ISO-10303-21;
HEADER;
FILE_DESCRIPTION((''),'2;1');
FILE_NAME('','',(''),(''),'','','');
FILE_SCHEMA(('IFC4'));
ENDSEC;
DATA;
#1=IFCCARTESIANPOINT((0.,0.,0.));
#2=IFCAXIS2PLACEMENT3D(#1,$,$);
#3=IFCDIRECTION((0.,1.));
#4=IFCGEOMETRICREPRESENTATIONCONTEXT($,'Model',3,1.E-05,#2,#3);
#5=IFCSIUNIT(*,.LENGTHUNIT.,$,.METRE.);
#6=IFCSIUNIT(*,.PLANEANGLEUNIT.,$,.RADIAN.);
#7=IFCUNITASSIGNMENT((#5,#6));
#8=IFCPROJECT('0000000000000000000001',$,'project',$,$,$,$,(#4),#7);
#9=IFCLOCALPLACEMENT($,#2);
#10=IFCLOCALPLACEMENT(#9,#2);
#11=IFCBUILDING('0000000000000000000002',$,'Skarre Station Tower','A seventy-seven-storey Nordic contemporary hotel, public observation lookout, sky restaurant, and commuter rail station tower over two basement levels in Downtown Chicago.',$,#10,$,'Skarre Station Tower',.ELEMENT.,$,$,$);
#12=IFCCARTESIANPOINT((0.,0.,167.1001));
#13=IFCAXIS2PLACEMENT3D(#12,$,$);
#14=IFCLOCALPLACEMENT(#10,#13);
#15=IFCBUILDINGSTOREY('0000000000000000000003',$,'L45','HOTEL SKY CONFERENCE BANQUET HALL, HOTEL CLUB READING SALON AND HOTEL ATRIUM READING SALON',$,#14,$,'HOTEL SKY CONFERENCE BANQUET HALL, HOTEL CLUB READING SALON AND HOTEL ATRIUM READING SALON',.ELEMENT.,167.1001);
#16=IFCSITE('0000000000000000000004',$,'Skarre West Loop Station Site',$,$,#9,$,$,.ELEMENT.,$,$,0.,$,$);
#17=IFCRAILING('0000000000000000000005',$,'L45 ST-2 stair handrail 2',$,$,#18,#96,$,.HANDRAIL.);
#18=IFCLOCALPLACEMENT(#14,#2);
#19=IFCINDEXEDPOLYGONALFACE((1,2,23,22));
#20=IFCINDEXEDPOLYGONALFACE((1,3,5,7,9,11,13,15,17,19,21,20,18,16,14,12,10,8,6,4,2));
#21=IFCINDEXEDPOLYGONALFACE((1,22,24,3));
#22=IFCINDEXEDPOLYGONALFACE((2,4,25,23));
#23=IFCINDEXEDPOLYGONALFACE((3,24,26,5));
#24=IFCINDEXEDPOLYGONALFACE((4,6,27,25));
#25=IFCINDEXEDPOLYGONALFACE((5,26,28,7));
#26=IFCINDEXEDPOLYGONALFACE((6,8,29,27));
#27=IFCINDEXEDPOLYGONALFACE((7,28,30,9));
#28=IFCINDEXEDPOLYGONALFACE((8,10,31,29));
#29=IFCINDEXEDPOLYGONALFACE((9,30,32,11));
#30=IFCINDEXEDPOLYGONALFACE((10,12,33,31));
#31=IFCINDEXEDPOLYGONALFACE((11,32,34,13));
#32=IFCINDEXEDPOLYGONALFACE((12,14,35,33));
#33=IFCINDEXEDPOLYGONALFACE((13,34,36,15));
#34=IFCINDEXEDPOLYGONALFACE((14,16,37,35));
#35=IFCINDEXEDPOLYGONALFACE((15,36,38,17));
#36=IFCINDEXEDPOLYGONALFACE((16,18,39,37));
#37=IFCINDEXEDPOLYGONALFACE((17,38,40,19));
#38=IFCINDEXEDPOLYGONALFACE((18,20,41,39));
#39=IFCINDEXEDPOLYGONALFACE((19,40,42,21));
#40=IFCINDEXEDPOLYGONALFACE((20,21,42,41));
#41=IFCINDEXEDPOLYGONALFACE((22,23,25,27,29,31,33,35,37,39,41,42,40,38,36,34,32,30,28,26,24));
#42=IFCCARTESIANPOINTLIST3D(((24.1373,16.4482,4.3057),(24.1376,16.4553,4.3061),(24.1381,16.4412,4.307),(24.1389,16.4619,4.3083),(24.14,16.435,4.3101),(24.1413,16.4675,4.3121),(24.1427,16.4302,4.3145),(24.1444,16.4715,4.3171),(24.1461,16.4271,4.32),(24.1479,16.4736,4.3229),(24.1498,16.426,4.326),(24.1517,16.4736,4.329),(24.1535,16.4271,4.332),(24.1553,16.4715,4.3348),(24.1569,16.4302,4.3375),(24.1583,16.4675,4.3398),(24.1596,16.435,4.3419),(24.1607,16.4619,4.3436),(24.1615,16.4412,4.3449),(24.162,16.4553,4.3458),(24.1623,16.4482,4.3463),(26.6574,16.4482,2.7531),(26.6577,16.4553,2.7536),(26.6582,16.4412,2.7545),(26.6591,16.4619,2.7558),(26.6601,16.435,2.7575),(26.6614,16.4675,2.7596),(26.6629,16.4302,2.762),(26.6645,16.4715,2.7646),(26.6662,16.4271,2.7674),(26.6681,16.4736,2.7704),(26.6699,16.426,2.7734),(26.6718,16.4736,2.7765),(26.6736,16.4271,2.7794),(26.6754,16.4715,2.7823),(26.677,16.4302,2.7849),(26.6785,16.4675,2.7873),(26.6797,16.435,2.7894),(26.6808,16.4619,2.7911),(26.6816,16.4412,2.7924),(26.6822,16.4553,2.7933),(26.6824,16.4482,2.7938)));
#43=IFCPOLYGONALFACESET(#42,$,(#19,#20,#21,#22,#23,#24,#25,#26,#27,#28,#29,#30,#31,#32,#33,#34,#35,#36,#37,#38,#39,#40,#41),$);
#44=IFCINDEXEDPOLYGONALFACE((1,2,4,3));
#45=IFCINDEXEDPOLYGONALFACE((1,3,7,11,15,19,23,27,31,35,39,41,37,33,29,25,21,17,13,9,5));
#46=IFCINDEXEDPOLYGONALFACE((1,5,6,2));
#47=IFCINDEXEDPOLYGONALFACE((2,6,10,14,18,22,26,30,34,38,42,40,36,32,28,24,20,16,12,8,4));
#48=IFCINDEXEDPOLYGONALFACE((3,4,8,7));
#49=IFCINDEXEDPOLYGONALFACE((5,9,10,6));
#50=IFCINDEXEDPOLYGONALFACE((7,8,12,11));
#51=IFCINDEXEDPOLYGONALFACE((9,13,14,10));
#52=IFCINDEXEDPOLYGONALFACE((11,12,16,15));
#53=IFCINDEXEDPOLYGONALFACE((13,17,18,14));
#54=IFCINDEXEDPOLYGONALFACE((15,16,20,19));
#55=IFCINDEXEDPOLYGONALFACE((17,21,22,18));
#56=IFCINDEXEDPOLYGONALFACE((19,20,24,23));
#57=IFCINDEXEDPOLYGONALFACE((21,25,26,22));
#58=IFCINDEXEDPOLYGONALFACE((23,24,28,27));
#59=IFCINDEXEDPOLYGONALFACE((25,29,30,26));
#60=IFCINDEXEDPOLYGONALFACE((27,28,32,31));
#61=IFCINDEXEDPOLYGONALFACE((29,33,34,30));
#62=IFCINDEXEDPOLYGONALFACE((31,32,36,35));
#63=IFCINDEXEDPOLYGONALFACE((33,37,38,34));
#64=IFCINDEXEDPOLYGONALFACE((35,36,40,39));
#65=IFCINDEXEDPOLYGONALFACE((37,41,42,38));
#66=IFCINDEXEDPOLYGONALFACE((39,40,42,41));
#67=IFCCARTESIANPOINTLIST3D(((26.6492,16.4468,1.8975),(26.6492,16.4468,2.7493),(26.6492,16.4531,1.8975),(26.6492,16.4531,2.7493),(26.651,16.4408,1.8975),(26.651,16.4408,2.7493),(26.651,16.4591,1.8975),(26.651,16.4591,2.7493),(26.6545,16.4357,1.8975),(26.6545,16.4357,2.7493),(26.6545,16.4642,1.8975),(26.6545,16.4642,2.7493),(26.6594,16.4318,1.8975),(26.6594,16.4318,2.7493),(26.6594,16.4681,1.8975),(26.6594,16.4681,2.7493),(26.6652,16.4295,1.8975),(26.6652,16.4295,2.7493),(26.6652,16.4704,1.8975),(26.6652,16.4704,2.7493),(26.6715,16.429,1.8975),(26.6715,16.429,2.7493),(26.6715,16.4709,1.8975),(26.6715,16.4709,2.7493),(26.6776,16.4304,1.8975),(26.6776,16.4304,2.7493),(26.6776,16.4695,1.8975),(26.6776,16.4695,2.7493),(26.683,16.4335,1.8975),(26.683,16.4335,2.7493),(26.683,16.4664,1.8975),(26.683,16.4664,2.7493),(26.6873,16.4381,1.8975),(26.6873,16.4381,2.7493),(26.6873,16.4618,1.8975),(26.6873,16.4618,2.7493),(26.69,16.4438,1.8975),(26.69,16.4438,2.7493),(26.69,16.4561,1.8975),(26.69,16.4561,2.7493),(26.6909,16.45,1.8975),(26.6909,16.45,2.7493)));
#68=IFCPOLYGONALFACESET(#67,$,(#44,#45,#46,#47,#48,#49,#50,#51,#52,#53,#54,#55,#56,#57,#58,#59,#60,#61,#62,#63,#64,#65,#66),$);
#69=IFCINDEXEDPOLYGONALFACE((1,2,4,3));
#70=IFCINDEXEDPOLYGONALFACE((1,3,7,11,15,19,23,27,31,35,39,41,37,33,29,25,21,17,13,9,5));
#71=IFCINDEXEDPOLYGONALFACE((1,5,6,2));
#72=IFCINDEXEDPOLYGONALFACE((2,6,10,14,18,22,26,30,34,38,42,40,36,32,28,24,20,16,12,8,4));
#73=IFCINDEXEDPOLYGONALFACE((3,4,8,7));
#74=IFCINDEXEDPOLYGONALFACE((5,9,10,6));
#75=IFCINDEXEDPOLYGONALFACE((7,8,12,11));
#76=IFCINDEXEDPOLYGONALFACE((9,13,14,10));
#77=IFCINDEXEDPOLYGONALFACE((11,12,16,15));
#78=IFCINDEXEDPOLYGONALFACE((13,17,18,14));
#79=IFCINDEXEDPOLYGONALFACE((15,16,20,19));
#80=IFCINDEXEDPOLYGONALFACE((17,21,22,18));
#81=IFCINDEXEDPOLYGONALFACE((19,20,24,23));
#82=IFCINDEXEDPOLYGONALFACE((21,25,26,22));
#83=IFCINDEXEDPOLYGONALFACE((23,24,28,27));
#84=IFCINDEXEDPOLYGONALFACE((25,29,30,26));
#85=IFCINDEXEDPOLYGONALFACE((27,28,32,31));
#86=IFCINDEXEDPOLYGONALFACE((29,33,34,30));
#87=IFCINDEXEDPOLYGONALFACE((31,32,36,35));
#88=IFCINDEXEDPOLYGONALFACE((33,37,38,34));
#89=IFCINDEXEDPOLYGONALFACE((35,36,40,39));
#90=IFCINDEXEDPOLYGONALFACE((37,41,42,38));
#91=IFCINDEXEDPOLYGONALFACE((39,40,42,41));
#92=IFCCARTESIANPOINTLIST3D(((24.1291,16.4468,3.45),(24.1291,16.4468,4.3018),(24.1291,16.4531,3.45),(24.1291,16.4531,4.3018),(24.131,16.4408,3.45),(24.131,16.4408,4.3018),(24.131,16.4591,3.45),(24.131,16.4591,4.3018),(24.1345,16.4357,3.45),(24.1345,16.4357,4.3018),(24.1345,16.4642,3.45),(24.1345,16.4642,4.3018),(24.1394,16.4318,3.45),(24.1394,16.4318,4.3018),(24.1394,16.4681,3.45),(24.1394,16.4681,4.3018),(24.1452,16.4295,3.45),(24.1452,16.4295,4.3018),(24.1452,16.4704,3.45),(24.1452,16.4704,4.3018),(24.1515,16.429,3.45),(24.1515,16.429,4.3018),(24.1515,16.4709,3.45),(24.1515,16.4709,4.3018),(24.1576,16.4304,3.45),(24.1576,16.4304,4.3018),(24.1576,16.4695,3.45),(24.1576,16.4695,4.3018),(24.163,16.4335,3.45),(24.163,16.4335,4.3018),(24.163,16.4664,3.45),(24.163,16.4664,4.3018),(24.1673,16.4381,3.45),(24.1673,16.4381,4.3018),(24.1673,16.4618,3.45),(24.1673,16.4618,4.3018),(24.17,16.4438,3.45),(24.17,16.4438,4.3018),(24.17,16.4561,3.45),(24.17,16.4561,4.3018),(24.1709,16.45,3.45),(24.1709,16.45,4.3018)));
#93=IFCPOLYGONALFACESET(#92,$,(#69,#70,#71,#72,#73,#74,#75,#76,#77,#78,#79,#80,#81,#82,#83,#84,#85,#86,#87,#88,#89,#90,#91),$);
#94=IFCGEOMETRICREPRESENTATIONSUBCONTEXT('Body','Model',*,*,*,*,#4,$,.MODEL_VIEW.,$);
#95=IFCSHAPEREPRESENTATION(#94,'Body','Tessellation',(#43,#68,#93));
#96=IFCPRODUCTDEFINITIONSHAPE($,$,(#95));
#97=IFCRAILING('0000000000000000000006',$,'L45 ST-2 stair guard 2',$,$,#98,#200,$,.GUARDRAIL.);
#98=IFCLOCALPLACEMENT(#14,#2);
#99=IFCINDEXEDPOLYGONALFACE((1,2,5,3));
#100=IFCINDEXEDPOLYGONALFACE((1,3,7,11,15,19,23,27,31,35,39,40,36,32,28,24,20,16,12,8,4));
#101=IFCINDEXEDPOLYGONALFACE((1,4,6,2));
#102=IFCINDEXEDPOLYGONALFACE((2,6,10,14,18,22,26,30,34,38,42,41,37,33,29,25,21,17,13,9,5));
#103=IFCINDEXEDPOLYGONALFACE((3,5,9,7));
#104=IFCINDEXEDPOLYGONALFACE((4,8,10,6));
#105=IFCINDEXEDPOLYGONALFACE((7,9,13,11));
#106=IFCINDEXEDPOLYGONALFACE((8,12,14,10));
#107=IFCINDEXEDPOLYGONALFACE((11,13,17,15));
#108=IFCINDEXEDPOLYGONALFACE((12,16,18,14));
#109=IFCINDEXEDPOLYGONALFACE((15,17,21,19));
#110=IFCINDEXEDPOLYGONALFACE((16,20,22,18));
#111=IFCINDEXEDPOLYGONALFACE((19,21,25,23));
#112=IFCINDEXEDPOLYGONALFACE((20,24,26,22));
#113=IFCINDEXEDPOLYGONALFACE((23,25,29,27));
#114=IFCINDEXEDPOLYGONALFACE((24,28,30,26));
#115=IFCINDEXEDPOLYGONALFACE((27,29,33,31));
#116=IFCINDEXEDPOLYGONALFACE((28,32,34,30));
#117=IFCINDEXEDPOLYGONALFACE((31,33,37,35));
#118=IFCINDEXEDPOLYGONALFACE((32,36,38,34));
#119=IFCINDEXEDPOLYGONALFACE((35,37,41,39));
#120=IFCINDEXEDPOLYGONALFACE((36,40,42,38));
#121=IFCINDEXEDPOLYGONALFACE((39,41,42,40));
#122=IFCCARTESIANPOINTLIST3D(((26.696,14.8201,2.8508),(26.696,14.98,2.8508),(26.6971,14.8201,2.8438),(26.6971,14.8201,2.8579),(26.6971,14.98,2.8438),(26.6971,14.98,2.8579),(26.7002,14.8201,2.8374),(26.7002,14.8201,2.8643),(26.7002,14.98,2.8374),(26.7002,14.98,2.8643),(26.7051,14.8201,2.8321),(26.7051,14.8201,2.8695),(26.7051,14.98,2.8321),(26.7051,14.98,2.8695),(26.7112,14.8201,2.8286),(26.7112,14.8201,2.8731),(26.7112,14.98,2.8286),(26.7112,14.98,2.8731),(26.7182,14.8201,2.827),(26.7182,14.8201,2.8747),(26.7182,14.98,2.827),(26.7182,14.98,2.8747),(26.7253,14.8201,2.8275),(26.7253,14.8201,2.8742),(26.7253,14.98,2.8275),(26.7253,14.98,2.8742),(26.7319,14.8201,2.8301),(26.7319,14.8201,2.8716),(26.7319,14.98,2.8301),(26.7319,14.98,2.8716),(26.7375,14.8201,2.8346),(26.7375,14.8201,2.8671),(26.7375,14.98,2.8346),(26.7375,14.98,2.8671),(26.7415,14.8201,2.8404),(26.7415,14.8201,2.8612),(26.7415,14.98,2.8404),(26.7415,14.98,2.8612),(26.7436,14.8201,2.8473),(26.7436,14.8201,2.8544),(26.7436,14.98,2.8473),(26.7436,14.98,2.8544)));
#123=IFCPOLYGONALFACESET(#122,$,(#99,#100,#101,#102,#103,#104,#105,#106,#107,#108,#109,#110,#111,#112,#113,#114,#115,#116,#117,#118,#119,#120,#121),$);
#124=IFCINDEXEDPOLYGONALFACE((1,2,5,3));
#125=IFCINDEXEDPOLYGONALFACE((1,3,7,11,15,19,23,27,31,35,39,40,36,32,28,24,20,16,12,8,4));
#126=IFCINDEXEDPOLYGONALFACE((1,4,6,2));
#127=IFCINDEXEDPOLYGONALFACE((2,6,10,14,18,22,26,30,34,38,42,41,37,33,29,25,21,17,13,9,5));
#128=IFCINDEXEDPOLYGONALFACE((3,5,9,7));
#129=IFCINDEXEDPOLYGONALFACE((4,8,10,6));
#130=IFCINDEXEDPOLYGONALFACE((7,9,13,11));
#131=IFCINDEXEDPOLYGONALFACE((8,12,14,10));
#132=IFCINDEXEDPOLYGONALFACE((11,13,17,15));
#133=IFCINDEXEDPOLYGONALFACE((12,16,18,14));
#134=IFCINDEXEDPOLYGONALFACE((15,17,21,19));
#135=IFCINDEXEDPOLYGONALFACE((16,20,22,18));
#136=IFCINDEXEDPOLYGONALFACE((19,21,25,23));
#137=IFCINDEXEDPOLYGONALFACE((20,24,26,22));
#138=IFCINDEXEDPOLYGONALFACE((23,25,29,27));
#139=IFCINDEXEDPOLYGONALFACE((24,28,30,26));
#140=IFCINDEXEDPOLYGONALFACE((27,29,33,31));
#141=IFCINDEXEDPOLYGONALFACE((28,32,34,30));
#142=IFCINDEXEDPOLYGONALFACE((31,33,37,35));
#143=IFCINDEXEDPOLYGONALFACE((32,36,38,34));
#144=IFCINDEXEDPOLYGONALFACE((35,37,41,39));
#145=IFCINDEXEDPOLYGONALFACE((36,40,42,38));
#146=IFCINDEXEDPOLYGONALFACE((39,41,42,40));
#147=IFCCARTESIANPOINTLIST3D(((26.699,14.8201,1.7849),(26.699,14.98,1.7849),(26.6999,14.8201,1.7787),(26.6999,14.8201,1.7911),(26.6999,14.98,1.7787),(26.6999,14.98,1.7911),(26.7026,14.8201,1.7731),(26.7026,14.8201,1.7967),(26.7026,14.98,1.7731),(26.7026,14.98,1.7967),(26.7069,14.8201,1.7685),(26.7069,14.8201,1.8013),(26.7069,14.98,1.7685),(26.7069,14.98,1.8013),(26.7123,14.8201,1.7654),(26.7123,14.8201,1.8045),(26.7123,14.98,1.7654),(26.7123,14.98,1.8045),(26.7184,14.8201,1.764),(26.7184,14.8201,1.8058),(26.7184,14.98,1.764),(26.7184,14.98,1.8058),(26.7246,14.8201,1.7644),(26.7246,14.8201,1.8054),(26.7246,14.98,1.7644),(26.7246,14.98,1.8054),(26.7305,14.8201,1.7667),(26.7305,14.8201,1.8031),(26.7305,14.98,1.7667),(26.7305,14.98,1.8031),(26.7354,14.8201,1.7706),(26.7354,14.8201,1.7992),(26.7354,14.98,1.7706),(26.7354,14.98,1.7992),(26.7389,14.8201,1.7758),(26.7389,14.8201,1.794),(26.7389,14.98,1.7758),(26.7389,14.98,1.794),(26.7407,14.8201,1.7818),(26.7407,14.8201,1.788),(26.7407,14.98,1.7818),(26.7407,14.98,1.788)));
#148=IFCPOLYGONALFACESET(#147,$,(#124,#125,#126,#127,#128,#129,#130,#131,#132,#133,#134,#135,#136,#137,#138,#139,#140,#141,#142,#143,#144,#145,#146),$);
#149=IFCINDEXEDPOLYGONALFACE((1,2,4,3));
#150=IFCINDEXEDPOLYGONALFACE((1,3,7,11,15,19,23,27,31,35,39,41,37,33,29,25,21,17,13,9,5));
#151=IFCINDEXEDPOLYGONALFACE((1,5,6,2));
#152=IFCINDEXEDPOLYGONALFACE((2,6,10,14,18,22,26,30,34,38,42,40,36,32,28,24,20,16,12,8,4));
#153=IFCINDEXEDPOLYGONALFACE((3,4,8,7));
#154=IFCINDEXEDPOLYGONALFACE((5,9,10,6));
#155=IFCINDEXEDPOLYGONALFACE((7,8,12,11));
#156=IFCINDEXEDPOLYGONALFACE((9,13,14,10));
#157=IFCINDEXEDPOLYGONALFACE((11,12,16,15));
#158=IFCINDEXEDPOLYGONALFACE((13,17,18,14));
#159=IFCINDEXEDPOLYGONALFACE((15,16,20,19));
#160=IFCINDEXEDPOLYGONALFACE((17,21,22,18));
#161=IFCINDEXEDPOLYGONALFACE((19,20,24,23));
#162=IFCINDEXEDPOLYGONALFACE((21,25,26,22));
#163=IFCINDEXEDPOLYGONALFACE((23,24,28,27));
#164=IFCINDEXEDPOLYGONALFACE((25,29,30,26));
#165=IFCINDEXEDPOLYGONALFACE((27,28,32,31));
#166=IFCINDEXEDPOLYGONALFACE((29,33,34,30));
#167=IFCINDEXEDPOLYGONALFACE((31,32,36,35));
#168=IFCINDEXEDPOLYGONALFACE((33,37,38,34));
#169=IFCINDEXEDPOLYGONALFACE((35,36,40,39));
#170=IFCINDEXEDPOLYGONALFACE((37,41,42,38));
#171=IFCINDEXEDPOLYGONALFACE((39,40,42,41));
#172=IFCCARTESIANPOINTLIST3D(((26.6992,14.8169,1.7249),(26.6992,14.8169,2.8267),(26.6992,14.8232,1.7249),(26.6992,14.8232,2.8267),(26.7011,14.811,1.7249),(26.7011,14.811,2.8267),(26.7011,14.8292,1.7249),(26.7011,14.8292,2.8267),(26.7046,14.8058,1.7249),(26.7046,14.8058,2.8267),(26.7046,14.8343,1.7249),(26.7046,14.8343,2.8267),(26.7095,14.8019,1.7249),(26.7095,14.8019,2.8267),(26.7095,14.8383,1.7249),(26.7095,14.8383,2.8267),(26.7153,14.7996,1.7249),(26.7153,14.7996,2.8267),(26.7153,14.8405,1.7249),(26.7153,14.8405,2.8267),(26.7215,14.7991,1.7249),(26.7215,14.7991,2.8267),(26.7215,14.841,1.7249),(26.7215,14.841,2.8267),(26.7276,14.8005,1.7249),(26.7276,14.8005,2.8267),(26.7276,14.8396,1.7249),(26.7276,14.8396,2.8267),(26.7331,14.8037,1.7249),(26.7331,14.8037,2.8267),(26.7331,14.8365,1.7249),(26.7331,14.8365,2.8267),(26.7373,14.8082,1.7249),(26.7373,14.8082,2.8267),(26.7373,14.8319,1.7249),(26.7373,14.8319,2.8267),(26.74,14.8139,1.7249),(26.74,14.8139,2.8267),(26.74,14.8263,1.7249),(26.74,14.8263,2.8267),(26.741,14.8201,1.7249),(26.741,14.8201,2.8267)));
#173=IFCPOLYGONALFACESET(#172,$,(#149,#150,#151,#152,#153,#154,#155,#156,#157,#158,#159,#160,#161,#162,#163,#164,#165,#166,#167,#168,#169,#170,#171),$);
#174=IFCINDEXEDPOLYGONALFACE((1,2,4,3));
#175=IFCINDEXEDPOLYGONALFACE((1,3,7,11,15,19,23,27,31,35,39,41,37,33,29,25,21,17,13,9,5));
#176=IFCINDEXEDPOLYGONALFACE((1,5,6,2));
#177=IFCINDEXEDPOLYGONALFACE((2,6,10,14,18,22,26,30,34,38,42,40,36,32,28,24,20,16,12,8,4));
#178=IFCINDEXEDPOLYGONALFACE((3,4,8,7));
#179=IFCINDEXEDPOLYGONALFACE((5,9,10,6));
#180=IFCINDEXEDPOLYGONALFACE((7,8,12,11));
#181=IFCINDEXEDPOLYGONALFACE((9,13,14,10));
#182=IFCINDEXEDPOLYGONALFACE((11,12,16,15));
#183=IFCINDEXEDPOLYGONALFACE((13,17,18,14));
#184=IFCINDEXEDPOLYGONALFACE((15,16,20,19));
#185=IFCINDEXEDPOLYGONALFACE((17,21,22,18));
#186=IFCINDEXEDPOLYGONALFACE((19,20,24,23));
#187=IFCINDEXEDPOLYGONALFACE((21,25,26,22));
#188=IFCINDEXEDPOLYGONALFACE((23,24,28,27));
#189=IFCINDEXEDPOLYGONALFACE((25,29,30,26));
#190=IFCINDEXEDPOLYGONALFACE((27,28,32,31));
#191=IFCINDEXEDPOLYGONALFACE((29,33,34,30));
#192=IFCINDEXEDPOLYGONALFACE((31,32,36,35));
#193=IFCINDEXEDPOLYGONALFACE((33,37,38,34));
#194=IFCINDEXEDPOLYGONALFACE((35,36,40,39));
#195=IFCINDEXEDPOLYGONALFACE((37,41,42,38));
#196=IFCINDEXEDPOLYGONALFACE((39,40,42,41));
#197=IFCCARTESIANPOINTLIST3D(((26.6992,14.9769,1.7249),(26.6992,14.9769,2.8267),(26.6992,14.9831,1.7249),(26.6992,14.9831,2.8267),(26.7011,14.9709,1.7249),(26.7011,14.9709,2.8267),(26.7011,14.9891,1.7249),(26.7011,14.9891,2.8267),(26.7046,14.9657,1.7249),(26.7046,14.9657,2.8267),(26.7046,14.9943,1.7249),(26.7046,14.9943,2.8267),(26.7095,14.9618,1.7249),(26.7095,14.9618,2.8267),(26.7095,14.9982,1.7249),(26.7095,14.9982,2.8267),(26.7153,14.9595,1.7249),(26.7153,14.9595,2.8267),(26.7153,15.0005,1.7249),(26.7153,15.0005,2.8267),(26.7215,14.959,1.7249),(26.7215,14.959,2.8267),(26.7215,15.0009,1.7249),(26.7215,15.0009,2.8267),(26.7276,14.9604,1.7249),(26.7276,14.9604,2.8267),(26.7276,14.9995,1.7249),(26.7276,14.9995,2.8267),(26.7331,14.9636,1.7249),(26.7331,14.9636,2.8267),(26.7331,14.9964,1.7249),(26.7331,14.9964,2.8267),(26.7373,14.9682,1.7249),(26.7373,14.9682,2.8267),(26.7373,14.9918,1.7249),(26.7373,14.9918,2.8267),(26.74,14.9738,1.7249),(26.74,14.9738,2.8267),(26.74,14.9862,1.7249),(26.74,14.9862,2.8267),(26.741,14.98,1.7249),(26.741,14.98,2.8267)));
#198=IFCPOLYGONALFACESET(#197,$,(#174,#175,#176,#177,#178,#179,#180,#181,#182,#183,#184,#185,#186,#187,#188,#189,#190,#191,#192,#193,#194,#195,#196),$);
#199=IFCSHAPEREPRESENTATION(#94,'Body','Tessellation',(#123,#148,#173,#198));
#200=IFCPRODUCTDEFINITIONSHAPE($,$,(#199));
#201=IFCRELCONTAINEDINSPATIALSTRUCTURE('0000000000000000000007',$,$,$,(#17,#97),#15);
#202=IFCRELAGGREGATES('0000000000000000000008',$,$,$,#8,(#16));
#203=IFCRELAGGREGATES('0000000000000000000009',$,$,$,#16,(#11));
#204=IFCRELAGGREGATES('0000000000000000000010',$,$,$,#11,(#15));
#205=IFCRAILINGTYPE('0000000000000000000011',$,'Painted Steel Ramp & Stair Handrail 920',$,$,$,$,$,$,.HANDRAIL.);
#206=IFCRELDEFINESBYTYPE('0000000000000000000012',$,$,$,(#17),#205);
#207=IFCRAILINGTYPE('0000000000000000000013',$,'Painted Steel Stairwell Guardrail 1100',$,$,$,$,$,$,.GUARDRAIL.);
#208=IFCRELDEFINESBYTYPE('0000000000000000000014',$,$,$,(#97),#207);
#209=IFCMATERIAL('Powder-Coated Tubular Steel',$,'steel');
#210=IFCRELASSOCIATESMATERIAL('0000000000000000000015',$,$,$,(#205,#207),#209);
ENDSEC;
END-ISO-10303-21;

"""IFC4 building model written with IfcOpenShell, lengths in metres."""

from ifc_helpers import new_model, si_unit, direction, frame, origin, origin_2d, place, context, subcontext, project, spatial, circle, extrude, material, type_object, element, save


model = new_model("IFC4")

# Units and contexts
model_context = context("Model", 3, precision=1e-05, world=origin(), true_north=direction((0.0, 1.0)))
body_context = subcontext(model_context, "Body", "Model", "MODEL_VIEW")
ifc_project = project(units=[si_unit("LENGTHUNIT", "METRE"), si_unit("PLANEANGLEUNIT", "RADIAN")], contexts=[model_context])

# Site, building, storey
site_placement = place(None, origin())
site = spatial("IfcSite", under=ifc_project, at=site_placement, Name="Skarre West Loop Station Site", CompositionType="ELEMENT", RefElevation=0.0)
building_placement = place(site_placement, origin())
building = spatial("IfcBuilding", under=site, at=building_placement, Name="Skarre Station Tower", Description="A seventy-seven-storey Nordic contemporary hotel, public observation lookout, sky restaurant, and commuter rail station tower over two basement levels in Downtown Chicago.", LongName="Skarre Station Tower", CompositionType="ELEMENT")
storey_placement = place(building_placement, frame((0.0, 0.0, 167.1001)))
storey = spatial("IfcBuildingStorey", under=building, at=storey_placement, Name="L45", Description="HOTEL SKY CONFERENCE BANQUET HALL, HOTEL CLUB READING SALON AND HOTEL ATRIUM READING SALON", LongName="HOTEL SKY CONFERENCE BANQUET HALL, HOTEL CLUB READING SALON AND HOTEL ATRIUM READING SALON", CompositionType="ELEMENT", Elevation=167.1001)

# Railings
ifc_material_1 = material(Name="Powder-Coated Tubular Steel", Category="steel")
railing_type_1 = type_object("IfcRailingType", Name="Painted Steel Ramp & Stair Handrail 920", PredefinedType="HANDRAIL", material=ifc_material_1)
railing_1_placement = place(storey_placement, frame((26.6699, 16.45, 1.8975)))
element("IfcRailing", 1, at=railing_1_placement, inside=storey, type_object=railing_type_1, Name="L45 ST-2 stair handrail 2", PredefinedType="HANDRAIL", context=body_context, shape_type="SweptSolid", body=[
    extrude(circle(Radius=0.0239, at=origin_2d()), frame((0.0, 0.0, 0.876), z_axis=(-0.8514, 0.0, 0.524516), x_axis=(0.0, -1.0, 0.0)), (0.0, 0.0, 1.0), 2.96),
    extrude(circle(Radius=0.021, at=origin_2d()), origin(), (0.0, 0.0, 1.0), 0.8518),
    extrude(circle(Radius=0.021, at=origin_2d()), frame((-2.52, 0.0, 1.5525)), (0.0, 0.0, 1.0), 0.8518),
])
railing_type_2 = type_object("IfcRailingType", Name="Painted Steel Stairwell Guardrail 1100", PredefinedType="GUARDRAIL", material=ifc_material_1)
railing_2_placement = place(storey_placement, frame((26.72, 14.8201, 1.7249)))
element("IfcRailing", 2, at=railing_2_placement, inside=storey, type_object=railing_type_2, Name="L45 ST-2 stair guard 2", PredefinedType="GUARDRAIL", context=body_context, shape_type="SweptSolid", body=[
    extrude(circle(Radius=0.0239, at=origin_2d()), frame((0.0, 0.0, 1.126), z_axis=(0.0, 1.0, 0.0), x_axis=(-1.0, 0.0, 0.0)), (0.0, 0.0, 1.0), 0.1599),
    extrude(circle(Radius=0.021, at=origin_2d()), frame((0.0, 0.0, 0.0601), z_axis=(0.0, 1.0, 0.0), x_axis=(-1.0, 0.0, 0.0)), (0.0, 0.0, 1.0), 0.1599),
    extrude(circle(Radius=0.021, at=origin_2d()), origin(), (0.0, 0.0, 1.0), 1.1018),
    extrude(circle(Radius=0.021, at=origin_2d()), frame((0.0, 0.1599, 0.0)), (0.0, 0.0, 1.0), 1.1018),
])

save(model, "model.ifc")
